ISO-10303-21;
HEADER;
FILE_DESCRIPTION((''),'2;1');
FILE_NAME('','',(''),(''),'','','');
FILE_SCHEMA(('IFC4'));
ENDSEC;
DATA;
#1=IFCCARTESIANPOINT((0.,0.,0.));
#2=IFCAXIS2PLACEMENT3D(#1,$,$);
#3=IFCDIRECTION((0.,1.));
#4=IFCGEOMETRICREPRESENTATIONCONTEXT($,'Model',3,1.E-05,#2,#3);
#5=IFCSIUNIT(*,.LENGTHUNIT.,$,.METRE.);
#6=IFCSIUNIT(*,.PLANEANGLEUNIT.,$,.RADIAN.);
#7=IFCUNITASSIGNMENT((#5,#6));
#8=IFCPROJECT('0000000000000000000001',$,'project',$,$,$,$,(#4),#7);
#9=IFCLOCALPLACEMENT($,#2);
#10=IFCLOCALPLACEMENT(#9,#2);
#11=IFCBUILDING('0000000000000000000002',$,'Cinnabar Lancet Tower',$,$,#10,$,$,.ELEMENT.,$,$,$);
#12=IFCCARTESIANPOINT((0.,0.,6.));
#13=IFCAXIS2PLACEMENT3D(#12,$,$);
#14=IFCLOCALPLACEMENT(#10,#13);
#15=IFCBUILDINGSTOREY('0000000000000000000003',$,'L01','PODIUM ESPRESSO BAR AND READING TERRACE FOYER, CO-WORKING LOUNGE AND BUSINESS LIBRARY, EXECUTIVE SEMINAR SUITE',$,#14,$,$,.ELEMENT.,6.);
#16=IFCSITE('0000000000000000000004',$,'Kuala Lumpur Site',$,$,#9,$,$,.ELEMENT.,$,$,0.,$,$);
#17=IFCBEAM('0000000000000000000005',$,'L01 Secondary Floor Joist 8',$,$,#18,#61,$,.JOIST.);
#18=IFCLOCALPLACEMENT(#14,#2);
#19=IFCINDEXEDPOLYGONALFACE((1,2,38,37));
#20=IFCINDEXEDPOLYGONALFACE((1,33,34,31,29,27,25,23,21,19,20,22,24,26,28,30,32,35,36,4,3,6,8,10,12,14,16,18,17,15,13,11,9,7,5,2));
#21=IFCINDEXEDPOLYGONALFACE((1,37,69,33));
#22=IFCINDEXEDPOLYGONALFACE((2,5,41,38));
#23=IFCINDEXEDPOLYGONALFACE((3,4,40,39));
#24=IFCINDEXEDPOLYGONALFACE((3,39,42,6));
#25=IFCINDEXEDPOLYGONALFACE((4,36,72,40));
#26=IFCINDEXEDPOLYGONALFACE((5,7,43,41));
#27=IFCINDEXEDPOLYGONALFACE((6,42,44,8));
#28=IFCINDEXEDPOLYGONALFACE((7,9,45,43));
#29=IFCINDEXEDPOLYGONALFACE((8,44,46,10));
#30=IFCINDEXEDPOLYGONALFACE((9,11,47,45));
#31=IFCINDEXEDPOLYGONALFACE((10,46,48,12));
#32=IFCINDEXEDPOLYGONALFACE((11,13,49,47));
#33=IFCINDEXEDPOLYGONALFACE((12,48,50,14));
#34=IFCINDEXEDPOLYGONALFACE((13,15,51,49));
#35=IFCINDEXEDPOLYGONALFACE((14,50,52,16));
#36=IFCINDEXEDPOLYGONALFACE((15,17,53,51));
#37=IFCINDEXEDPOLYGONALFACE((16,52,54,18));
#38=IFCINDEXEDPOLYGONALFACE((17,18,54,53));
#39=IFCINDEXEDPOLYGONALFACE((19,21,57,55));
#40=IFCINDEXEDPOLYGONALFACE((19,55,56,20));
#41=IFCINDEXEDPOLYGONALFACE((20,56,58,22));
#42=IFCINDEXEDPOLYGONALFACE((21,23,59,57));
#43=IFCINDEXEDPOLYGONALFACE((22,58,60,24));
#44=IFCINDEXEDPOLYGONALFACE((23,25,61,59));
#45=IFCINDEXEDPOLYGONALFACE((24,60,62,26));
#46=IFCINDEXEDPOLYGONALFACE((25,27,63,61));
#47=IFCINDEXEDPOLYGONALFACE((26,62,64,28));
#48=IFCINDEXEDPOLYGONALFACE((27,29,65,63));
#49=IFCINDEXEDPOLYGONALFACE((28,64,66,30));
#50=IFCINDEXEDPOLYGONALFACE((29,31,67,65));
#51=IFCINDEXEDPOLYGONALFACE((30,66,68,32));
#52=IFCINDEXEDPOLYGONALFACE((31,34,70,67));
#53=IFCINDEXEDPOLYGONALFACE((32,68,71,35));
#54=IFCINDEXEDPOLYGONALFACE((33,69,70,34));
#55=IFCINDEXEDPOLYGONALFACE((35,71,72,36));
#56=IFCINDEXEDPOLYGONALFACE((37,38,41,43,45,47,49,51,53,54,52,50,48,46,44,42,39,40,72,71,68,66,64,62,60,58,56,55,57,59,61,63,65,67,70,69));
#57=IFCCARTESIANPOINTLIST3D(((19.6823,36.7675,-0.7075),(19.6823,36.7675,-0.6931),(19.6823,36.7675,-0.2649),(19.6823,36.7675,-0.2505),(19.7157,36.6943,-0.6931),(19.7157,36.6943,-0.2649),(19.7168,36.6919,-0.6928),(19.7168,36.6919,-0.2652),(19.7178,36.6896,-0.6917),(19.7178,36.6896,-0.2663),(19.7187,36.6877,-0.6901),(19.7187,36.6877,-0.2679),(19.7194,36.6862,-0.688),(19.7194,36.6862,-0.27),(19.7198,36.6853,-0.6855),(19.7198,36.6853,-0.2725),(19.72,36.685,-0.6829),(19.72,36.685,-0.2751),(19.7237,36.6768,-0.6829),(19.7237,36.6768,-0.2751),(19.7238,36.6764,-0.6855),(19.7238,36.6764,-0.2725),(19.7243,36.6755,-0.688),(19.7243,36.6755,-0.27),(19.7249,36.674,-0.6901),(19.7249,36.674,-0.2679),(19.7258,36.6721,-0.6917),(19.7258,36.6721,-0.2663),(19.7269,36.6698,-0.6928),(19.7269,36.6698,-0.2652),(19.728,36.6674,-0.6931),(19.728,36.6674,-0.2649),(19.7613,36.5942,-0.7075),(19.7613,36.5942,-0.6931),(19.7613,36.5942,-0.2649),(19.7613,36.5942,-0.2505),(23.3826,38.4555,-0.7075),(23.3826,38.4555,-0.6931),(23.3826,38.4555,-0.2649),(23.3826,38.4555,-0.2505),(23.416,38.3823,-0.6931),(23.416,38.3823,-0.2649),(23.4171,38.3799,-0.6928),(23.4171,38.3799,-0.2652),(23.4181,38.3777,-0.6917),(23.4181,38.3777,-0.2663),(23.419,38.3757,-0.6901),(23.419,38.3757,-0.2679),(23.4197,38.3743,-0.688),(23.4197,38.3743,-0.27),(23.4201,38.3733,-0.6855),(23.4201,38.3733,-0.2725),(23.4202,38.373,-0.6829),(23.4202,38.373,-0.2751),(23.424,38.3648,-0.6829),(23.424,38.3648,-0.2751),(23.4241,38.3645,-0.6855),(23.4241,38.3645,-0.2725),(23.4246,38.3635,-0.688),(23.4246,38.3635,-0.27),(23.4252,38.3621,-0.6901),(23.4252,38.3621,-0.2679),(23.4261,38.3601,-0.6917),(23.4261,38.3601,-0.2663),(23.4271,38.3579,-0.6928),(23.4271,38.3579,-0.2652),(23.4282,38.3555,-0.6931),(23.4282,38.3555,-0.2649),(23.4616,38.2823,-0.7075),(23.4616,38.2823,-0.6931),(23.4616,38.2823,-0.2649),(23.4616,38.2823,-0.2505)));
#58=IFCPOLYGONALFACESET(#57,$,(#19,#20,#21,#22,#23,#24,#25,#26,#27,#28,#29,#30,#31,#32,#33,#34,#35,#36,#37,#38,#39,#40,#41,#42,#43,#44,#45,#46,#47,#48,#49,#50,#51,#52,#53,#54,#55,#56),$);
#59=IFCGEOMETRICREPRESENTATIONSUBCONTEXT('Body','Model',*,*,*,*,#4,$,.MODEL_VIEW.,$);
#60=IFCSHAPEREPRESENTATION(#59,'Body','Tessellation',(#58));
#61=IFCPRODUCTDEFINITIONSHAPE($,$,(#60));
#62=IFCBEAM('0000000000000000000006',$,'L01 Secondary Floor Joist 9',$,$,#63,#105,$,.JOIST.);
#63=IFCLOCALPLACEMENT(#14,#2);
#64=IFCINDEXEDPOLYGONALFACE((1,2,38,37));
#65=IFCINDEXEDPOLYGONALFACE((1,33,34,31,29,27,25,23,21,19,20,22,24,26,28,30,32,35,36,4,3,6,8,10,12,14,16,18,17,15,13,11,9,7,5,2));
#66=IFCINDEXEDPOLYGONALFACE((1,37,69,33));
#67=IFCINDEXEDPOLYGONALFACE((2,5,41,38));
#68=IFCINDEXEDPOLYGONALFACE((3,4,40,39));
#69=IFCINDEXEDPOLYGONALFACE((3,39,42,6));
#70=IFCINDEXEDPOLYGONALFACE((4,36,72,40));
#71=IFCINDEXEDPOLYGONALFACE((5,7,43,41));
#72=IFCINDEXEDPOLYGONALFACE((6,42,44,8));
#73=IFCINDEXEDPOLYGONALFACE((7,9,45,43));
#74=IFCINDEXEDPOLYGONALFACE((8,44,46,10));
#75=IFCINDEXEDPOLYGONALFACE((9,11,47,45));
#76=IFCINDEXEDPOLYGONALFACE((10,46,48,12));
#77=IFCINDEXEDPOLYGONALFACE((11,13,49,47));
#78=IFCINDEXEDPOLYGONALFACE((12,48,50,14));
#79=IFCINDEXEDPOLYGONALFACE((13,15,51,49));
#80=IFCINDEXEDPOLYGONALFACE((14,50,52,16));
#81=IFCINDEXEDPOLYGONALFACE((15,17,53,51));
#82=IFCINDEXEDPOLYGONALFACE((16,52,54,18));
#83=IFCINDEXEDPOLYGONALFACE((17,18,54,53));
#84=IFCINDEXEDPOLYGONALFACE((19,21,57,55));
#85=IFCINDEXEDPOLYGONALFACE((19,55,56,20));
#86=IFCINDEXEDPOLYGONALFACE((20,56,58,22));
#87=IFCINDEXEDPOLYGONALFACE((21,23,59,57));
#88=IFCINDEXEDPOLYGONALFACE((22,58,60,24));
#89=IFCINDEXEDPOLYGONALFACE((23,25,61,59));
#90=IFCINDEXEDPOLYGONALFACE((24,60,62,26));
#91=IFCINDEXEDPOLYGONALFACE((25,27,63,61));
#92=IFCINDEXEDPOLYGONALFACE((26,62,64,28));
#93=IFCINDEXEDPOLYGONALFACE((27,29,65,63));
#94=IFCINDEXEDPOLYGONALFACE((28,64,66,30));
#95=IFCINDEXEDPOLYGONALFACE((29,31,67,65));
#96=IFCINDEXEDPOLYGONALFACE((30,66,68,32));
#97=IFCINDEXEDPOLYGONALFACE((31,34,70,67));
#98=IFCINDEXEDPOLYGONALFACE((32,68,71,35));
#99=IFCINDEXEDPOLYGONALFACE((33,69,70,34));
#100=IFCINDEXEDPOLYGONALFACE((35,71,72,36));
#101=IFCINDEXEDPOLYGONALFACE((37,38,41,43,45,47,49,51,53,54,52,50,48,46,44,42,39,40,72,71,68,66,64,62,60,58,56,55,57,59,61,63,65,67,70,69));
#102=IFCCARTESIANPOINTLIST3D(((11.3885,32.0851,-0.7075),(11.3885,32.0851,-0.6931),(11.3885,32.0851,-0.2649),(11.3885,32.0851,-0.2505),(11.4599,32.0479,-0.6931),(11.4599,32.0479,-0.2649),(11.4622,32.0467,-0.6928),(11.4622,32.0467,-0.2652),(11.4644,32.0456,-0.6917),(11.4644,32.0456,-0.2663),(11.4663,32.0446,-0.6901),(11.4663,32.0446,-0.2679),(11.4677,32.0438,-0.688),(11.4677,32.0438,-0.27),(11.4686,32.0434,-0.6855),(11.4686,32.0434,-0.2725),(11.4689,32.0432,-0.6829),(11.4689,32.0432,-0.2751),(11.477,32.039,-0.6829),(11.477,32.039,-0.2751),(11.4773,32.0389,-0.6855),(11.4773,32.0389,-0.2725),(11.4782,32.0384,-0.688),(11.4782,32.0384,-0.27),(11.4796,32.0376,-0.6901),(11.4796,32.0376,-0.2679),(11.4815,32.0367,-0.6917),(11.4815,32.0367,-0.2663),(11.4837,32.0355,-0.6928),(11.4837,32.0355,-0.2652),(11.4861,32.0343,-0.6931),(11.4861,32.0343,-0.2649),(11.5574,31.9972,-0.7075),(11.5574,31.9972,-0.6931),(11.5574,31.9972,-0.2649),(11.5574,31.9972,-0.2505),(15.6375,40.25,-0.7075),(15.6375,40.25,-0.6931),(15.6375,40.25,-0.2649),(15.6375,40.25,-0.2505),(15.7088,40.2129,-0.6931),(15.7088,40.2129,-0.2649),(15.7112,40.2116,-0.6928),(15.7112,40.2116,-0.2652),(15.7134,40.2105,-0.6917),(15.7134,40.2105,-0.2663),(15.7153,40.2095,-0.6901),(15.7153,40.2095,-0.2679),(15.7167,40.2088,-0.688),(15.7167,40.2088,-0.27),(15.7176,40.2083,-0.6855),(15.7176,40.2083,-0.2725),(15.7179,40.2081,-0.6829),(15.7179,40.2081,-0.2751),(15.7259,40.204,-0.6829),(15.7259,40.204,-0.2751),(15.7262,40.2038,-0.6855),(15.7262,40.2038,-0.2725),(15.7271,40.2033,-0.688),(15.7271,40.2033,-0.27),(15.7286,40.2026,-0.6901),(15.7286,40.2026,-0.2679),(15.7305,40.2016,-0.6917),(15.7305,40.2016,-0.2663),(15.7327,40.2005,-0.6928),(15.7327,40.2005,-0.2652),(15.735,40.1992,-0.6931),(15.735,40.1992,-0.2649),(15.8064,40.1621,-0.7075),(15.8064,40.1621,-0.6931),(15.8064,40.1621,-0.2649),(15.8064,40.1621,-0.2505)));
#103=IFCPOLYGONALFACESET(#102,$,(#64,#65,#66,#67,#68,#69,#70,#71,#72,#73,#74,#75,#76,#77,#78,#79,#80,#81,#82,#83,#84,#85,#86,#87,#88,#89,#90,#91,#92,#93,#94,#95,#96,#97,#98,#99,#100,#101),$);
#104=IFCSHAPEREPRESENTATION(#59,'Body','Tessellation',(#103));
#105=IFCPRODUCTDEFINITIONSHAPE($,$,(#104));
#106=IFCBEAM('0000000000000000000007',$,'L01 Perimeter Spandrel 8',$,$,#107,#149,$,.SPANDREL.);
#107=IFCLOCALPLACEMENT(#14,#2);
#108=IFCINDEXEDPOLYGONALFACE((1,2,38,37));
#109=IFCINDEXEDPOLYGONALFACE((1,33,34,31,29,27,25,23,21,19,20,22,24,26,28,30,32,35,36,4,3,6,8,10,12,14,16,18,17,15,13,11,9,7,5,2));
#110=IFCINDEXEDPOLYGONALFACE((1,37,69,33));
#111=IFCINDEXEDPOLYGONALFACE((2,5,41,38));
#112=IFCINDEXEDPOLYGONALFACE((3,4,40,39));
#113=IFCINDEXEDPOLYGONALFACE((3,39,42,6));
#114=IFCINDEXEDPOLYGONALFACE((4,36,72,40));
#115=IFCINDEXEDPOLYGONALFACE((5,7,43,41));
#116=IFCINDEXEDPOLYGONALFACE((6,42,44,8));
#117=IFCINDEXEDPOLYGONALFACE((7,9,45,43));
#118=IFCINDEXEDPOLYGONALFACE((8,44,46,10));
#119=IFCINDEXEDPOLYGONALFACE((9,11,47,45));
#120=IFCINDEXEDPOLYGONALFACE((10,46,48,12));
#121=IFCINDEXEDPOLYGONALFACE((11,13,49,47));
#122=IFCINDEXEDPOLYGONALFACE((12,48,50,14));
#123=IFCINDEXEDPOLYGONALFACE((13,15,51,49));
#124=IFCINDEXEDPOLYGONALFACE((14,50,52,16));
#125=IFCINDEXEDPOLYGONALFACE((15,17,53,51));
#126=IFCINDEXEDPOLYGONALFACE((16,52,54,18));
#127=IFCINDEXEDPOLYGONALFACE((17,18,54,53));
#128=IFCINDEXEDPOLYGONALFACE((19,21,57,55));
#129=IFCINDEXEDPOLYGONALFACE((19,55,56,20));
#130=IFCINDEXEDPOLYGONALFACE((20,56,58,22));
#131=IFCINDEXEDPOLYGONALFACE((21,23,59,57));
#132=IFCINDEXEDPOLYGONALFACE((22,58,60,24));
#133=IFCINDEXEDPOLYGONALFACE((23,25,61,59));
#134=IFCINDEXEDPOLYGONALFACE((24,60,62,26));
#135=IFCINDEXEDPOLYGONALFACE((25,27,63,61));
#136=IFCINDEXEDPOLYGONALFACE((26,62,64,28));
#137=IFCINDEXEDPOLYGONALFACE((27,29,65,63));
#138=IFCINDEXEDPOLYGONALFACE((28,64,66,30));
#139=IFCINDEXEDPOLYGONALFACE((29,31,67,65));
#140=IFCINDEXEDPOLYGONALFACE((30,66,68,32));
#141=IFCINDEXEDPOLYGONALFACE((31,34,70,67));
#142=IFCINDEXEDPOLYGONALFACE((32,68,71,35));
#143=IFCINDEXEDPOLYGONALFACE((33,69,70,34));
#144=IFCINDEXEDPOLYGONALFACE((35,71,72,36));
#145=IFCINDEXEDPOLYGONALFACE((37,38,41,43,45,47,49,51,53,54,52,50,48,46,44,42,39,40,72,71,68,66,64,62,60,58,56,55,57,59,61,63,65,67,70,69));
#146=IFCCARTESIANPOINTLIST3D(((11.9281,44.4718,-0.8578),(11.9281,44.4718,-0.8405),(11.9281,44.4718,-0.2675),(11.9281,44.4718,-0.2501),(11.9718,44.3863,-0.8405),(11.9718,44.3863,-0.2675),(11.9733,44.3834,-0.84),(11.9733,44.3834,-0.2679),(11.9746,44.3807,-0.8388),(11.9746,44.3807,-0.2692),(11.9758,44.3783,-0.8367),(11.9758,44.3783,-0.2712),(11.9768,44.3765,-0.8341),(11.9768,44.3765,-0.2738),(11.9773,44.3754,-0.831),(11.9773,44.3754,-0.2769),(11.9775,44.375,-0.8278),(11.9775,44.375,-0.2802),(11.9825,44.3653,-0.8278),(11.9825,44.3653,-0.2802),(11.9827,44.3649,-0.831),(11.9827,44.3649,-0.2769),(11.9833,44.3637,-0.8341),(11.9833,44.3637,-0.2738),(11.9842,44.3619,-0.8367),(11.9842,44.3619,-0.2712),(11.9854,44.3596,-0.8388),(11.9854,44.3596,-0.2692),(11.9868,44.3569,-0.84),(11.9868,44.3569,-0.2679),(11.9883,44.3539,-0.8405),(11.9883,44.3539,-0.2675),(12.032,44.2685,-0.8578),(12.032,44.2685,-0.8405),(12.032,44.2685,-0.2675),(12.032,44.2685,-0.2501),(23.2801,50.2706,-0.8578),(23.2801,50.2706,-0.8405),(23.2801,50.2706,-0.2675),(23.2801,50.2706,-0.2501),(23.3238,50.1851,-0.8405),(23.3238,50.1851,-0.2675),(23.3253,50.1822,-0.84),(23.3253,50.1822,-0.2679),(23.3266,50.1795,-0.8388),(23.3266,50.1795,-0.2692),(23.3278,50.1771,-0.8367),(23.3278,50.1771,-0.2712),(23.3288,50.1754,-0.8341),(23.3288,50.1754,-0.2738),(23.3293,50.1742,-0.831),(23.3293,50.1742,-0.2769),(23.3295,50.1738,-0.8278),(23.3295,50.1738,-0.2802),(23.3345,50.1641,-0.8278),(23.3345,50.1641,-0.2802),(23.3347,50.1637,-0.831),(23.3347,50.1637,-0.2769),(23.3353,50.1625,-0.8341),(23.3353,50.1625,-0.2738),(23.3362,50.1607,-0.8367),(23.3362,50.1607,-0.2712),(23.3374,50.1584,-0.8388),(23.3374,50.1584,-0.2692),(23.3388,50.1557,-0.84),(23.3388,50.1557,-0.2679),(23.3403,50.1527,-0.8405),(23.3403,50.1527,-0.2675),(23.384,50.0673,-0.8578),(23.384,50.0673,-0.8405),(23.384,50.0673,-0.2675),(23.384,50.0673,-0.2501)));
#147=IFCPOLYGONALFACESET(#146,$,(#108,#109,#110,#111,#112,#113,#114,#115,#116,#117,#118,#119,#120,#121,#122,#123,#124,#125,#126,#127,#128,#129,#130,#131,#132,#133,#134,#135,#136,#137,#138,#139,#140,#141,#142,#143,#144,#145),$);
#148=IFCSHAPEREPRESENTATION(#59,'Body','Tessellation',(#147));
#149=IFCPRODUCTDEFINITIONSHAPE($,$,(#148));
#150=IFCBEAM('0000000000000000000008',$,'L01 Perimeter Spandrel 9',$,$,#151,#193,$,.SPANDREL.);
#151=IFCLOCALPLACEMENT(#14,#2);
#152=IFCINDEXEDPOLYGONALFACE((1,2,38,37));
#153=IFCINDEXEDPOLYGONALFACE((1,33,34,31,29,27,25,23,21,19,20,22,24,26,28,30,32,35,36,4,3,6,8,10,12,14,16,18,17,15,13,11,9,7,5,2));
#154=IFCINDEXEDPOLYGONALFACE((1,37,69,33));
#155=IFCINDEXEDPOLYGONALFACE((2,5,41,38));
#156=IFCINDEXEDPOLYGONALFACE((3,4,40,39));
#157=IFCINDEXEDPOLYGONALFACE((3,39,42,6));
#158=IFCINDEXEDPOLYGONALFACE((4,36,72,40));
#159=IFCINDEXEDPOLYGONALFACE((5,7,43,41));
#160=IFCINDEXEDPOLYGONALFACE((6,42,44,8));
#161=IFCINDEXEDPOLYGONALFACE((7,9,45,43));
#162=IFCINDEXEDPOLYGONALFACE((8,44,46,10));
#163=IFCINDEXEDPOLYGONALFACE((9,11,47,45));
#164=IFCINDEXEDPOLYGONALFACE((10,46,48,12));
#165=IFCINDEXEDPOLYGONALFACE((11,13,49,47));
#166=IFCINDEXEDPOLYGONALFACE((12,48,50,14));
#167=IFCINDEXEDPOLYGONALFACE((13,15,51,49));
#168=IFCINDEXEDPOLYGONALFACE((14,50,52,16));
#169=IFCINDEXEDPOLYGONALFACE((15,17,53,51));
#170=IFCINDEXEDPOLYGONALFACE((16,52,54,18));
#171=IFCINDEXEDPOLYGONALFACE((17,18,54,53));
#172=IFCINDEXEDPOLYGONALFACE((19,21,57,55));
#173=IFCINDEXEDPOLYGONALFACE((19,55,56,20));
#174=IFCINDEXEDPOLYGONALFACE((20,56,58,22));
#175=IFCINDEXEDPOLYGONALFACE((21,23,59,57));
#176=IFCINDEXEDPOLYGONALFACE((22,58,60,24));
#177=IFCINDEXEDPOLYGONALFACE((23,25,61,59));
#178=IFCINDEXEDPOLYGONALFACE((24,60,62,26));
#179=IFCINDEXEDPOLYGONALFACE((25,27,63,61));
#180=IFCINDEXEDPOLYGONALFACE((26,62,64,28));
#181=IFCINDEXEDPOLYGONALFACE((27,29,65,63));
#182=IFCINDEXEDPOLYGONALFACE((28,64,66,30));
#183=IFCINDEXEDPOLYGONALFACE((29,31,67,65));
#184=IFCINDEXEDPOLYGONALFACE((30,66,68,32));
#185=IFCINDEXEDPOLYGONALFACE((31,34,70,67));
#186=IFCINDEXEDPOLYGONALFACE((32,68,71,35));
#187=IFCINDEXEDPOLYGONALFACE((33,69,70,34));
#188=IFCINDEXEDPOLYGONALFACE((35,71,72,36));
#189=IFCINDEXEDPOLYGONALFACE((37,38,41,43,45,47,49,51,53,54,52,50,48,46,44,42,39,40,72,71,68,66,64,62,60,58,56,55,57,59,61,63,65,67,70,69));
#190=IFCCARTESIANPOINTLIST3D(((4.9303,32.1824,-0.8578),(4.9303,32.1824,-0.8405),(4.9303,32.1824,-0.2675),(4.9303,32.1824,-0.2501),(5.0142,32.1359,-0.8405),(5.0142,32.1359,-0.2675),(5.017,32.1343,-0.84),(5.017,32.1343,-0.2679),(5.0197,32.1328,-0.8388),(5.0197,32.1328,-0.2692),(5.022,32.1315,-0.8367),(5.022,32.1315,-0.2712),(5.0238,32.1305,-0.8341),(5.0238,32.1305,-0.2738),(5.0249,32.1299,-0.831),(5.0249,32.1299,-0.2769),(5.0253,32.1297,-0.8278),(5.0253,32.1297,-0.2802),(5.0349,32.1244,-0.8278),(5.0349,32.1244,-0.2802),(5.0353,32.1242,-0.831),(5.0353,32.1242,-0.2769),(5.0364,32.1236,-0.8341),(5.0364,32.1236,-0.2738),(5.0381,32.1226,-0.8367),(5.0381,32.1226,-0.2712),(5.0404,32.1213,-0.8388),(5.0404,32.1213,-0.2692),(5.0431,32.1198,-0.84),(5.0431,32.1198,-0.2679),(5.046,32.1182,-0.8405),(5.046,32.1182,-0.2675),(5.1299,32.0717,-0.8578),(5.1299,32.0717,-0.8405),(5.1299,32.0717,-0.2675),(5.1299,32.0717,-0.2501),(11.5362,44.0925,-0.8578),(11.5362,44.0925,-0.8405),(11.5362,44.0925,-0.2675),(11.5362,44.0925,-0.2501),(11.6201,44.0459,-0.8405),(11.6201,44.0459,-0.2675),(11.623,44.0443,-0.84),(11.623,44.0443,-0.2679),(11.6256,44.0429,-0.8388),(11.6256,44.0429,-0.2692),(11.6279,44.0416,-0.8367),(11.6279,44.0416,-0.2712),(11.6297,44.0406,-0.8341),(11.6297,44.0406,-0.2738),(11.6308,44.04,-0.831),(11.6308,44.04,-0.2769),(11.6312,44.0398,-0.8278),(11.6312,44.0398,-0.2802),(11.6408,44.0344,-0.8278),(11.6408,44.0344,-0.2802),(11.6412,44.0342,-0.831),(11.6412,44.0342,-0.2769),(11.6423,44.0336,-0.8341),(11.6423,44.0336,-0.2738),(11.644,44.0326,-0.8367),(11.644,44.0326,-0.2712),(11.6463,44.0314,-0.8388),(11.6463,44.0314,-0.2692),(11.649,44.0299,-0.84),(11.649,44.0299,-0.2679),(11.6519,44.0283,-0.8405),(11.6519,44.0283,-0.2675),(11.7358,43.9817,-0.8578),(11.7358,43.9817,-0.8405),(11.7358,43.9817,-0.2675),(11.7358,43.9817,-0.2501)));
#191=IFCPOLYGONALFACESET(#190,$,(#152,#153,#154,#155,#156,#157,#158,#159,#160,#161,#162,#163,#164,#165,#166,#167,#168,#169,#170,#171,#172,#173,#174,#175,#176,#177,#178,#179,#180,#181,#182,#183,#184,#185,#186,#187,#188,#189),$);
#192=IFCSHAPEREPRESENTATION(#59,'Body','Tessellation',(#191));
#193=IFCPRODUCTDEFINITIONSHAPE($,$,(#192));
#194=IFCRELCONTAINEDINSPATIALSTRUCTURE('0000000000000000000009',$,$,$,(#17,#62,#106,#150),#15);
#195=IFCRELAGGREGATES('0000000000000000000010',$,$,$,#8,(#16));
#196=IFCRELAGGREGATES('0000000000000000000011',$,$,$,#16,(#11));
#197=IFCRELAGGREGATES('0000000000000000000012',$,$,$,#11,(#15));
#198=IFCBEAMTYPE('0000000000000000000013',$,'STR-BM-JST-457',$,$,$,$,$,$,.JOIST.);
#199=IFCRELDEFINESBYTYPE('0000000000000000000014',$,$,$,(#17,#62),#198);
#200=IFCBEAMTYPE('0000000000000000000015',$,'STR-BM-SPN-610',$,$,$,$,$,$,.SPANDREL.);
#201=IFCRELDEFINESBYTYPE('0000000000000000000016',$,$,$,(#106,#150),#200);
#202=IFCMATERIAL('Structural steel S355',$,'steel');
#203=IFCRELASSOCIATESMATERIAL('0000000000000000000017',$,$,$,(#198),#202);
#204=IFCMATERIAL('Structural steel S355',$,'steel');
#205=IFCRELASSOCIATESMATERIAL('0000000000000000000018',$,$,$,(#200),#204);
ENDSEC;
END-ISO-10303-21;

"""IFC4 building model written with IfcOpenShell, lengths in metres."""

from ifc_helpers import new_model, si_unit, direction, frame, origin, origin_2d, place, context, subcontext, project, spatial, i_section, extrude, material, material_profile, profile_set, type_object, element, save


model = new_model("IFC4")

# Units and contexts
model_context = context("Model", 3, precision=1e-05, world=origin(), true_north=direction((0.0, 1.0)))
body_context = subcontext(model_context, "Body", "Model", "MODEL_VIEW")
ifc_project = project(units=[si_unit("LENGTHUNIT", "METRE"), si_unit("PLANEANGLEUNIT", "RADIAN")], contexts=[model_context])

# Site, building, storey
site_placement = place(None, origin())
site = spatial("IfcSite", under=ifc_project, at=site_placement, Name="Kuala Lumpur Site", CompositionType="ELEMENT", RefElevation=0.0)
building_placement = place(site_placement, origin())
building = spatial("IfcBuilding", under=site, at=building_placement, Name="Cinnabar Lancet Tower", CompositionType="ELEMENT")
storey_placement = place(building_placement, frame((0.0, 0.0, 6.0)))
storey = spatial("IfcBuildingStorey", under=building, at=storey_placement, Name="L01", Description="PODIUM ESPRESSO BAR AND READING TERRACE FOYER, CO-WORKING LOUNGE AND BUSINESS LIBRARY, EXECUTIVE SEMINAR SUITE", CompositionType="ELEMENT", Elevation=6.0)

# Beams
ifc_material_1 = material(Name="Structural steel S355", Category="steel")
ifc_material_profile_1 = material_profile(ifc_material_1, i_section(OverallWidth=0.1904, OverallDepth=0.457, WebThickness=0.009, FlangeThickness=0.0144, FilletRadius=0.0103, at=origin_2d()), Name="UKB 457x191x74")
ifc_profile_set_1 = profile_set([ifc_material_profile_1], Name="Structural steel S355")
beam_type_1 = type_object("IfcBeamType", Name="STR-BM-JST-457", PredefinedType="JOIST", material=ifc_profile_set_1)
beam_1_placement = place(storey_placement, frame((23.4221, 38.3689, -0.479), z_axis=(-0.909802, -0.415042, 0.0), x_axis=(0.415042, -0.909802, 0.0)))
element("IfcBeam", 1, at=beam_1_placement, inside=storey, type_object=beam_type_1, Name="L01 Secondary Floor Joist 8", PredefinedType="JOIST", context=body_context, shape_type="SweptSolid", body=[
    extrude(i_section(OverallWidth=0.1904, OverallDepth=0.457, WebThickness=0.009, FlangeThickness=0.0144, FilletRadius=0.0103, at=origin_2d()), origin(), (0.0, 0.0, 1.0), 4.0671),
])
beam_2_placement = place(storey_placement, frame((15.7219, 40.2061, -0.479), z_axis=(-0.461627, -0.887074, 0.0), x_axis=(0.887074, -0.461627, 0.0)))
element("IfcBeam", 2, at=beam_2_placement, inside=storey, type_object=beam_type_1, Name="L01 Secondary Floor Joist 9", PredefinedType="JOIST", context=body_context, shape_type="SweptSolid", body=[
    extrude(i_section(OverallWidth=0.1904, OverallDepth=0.457, WebThickness=0.009, FlangeThickness=0.0144, FilletRadius=0.0103, at=origin_2d()), origin(), (0.0, 0.0, 1.0), 9.2043),
])
ifc_material_2 = material(Name="Structural steel S355", Category="steel")
ifc_material_profile_2 = material_profile(ifc_material_2, i_section(OverallWidth=0.2283, OverallDepth=0.6077, WebThickness=0.011, FlangeThickness=0.0173, FilletRadius=0.0127, at=origin_2d()), Name="UKB 610x229x113")
ifc_profile_set_2 = profile_set([ifc_material_profile_2], Name="Structural steel S355")
beam_type_2 = type_object("IfcBeamType", Name="STR-BM-SPN-610", PredefinedType="SPANDREL", material=ifc_profile_set_2)
beam_3_placement = place(storey_placement, frame((23.332, 50.1689, -0.554), z_axis=(-0.890541, -0.454904, 0.0), x_axis=(0.454904, -0.890541, 0.0)))
element("IfcBeam", 3, at=beam_3_placement, inside=storey, type_object=beam_type_2, Name="L01 Perimeter Spandrel 8", PredefinedType="SPANDREL", context=body_context, shape_type="SweptSolid", body=[
    extrude(i_section(OverallWidth=0.2283, OverallDepth=0.6077, WebThickness=0.011, FlangeThickness=0.0173, FilletRadius=0.0127, at=origin_2d()), origin(), (0.0, 0.0, 1.0), 12.7473),
])
beam_4_placement = place(storey_placement, frame((11.636, 44.0371, -0.554), z_axis=(-0.485037, -0.874494, 0.0), x_axis=(0.874494, -0.485037, 0.0)))
element("IfcBeam", 4, at=beam_4_placement, inside=storey, type_object=beam_type_2, Name="L01 Perimeter Spandrel 9", PredefinedType="SPANDREL", context=body_context, shape_type="SweptSolid", body=[
    extrude(i_section(OverallWidth=0.2283, OverallDepth=0.6077, WebThickness=0.011, FlangeThickness=0.0173, FilletRadius=0.0127, at=origin_2d()), origin(), (0.0, 0.0, 1.0), 13.6194),
])

save(model, "model.ifc")
